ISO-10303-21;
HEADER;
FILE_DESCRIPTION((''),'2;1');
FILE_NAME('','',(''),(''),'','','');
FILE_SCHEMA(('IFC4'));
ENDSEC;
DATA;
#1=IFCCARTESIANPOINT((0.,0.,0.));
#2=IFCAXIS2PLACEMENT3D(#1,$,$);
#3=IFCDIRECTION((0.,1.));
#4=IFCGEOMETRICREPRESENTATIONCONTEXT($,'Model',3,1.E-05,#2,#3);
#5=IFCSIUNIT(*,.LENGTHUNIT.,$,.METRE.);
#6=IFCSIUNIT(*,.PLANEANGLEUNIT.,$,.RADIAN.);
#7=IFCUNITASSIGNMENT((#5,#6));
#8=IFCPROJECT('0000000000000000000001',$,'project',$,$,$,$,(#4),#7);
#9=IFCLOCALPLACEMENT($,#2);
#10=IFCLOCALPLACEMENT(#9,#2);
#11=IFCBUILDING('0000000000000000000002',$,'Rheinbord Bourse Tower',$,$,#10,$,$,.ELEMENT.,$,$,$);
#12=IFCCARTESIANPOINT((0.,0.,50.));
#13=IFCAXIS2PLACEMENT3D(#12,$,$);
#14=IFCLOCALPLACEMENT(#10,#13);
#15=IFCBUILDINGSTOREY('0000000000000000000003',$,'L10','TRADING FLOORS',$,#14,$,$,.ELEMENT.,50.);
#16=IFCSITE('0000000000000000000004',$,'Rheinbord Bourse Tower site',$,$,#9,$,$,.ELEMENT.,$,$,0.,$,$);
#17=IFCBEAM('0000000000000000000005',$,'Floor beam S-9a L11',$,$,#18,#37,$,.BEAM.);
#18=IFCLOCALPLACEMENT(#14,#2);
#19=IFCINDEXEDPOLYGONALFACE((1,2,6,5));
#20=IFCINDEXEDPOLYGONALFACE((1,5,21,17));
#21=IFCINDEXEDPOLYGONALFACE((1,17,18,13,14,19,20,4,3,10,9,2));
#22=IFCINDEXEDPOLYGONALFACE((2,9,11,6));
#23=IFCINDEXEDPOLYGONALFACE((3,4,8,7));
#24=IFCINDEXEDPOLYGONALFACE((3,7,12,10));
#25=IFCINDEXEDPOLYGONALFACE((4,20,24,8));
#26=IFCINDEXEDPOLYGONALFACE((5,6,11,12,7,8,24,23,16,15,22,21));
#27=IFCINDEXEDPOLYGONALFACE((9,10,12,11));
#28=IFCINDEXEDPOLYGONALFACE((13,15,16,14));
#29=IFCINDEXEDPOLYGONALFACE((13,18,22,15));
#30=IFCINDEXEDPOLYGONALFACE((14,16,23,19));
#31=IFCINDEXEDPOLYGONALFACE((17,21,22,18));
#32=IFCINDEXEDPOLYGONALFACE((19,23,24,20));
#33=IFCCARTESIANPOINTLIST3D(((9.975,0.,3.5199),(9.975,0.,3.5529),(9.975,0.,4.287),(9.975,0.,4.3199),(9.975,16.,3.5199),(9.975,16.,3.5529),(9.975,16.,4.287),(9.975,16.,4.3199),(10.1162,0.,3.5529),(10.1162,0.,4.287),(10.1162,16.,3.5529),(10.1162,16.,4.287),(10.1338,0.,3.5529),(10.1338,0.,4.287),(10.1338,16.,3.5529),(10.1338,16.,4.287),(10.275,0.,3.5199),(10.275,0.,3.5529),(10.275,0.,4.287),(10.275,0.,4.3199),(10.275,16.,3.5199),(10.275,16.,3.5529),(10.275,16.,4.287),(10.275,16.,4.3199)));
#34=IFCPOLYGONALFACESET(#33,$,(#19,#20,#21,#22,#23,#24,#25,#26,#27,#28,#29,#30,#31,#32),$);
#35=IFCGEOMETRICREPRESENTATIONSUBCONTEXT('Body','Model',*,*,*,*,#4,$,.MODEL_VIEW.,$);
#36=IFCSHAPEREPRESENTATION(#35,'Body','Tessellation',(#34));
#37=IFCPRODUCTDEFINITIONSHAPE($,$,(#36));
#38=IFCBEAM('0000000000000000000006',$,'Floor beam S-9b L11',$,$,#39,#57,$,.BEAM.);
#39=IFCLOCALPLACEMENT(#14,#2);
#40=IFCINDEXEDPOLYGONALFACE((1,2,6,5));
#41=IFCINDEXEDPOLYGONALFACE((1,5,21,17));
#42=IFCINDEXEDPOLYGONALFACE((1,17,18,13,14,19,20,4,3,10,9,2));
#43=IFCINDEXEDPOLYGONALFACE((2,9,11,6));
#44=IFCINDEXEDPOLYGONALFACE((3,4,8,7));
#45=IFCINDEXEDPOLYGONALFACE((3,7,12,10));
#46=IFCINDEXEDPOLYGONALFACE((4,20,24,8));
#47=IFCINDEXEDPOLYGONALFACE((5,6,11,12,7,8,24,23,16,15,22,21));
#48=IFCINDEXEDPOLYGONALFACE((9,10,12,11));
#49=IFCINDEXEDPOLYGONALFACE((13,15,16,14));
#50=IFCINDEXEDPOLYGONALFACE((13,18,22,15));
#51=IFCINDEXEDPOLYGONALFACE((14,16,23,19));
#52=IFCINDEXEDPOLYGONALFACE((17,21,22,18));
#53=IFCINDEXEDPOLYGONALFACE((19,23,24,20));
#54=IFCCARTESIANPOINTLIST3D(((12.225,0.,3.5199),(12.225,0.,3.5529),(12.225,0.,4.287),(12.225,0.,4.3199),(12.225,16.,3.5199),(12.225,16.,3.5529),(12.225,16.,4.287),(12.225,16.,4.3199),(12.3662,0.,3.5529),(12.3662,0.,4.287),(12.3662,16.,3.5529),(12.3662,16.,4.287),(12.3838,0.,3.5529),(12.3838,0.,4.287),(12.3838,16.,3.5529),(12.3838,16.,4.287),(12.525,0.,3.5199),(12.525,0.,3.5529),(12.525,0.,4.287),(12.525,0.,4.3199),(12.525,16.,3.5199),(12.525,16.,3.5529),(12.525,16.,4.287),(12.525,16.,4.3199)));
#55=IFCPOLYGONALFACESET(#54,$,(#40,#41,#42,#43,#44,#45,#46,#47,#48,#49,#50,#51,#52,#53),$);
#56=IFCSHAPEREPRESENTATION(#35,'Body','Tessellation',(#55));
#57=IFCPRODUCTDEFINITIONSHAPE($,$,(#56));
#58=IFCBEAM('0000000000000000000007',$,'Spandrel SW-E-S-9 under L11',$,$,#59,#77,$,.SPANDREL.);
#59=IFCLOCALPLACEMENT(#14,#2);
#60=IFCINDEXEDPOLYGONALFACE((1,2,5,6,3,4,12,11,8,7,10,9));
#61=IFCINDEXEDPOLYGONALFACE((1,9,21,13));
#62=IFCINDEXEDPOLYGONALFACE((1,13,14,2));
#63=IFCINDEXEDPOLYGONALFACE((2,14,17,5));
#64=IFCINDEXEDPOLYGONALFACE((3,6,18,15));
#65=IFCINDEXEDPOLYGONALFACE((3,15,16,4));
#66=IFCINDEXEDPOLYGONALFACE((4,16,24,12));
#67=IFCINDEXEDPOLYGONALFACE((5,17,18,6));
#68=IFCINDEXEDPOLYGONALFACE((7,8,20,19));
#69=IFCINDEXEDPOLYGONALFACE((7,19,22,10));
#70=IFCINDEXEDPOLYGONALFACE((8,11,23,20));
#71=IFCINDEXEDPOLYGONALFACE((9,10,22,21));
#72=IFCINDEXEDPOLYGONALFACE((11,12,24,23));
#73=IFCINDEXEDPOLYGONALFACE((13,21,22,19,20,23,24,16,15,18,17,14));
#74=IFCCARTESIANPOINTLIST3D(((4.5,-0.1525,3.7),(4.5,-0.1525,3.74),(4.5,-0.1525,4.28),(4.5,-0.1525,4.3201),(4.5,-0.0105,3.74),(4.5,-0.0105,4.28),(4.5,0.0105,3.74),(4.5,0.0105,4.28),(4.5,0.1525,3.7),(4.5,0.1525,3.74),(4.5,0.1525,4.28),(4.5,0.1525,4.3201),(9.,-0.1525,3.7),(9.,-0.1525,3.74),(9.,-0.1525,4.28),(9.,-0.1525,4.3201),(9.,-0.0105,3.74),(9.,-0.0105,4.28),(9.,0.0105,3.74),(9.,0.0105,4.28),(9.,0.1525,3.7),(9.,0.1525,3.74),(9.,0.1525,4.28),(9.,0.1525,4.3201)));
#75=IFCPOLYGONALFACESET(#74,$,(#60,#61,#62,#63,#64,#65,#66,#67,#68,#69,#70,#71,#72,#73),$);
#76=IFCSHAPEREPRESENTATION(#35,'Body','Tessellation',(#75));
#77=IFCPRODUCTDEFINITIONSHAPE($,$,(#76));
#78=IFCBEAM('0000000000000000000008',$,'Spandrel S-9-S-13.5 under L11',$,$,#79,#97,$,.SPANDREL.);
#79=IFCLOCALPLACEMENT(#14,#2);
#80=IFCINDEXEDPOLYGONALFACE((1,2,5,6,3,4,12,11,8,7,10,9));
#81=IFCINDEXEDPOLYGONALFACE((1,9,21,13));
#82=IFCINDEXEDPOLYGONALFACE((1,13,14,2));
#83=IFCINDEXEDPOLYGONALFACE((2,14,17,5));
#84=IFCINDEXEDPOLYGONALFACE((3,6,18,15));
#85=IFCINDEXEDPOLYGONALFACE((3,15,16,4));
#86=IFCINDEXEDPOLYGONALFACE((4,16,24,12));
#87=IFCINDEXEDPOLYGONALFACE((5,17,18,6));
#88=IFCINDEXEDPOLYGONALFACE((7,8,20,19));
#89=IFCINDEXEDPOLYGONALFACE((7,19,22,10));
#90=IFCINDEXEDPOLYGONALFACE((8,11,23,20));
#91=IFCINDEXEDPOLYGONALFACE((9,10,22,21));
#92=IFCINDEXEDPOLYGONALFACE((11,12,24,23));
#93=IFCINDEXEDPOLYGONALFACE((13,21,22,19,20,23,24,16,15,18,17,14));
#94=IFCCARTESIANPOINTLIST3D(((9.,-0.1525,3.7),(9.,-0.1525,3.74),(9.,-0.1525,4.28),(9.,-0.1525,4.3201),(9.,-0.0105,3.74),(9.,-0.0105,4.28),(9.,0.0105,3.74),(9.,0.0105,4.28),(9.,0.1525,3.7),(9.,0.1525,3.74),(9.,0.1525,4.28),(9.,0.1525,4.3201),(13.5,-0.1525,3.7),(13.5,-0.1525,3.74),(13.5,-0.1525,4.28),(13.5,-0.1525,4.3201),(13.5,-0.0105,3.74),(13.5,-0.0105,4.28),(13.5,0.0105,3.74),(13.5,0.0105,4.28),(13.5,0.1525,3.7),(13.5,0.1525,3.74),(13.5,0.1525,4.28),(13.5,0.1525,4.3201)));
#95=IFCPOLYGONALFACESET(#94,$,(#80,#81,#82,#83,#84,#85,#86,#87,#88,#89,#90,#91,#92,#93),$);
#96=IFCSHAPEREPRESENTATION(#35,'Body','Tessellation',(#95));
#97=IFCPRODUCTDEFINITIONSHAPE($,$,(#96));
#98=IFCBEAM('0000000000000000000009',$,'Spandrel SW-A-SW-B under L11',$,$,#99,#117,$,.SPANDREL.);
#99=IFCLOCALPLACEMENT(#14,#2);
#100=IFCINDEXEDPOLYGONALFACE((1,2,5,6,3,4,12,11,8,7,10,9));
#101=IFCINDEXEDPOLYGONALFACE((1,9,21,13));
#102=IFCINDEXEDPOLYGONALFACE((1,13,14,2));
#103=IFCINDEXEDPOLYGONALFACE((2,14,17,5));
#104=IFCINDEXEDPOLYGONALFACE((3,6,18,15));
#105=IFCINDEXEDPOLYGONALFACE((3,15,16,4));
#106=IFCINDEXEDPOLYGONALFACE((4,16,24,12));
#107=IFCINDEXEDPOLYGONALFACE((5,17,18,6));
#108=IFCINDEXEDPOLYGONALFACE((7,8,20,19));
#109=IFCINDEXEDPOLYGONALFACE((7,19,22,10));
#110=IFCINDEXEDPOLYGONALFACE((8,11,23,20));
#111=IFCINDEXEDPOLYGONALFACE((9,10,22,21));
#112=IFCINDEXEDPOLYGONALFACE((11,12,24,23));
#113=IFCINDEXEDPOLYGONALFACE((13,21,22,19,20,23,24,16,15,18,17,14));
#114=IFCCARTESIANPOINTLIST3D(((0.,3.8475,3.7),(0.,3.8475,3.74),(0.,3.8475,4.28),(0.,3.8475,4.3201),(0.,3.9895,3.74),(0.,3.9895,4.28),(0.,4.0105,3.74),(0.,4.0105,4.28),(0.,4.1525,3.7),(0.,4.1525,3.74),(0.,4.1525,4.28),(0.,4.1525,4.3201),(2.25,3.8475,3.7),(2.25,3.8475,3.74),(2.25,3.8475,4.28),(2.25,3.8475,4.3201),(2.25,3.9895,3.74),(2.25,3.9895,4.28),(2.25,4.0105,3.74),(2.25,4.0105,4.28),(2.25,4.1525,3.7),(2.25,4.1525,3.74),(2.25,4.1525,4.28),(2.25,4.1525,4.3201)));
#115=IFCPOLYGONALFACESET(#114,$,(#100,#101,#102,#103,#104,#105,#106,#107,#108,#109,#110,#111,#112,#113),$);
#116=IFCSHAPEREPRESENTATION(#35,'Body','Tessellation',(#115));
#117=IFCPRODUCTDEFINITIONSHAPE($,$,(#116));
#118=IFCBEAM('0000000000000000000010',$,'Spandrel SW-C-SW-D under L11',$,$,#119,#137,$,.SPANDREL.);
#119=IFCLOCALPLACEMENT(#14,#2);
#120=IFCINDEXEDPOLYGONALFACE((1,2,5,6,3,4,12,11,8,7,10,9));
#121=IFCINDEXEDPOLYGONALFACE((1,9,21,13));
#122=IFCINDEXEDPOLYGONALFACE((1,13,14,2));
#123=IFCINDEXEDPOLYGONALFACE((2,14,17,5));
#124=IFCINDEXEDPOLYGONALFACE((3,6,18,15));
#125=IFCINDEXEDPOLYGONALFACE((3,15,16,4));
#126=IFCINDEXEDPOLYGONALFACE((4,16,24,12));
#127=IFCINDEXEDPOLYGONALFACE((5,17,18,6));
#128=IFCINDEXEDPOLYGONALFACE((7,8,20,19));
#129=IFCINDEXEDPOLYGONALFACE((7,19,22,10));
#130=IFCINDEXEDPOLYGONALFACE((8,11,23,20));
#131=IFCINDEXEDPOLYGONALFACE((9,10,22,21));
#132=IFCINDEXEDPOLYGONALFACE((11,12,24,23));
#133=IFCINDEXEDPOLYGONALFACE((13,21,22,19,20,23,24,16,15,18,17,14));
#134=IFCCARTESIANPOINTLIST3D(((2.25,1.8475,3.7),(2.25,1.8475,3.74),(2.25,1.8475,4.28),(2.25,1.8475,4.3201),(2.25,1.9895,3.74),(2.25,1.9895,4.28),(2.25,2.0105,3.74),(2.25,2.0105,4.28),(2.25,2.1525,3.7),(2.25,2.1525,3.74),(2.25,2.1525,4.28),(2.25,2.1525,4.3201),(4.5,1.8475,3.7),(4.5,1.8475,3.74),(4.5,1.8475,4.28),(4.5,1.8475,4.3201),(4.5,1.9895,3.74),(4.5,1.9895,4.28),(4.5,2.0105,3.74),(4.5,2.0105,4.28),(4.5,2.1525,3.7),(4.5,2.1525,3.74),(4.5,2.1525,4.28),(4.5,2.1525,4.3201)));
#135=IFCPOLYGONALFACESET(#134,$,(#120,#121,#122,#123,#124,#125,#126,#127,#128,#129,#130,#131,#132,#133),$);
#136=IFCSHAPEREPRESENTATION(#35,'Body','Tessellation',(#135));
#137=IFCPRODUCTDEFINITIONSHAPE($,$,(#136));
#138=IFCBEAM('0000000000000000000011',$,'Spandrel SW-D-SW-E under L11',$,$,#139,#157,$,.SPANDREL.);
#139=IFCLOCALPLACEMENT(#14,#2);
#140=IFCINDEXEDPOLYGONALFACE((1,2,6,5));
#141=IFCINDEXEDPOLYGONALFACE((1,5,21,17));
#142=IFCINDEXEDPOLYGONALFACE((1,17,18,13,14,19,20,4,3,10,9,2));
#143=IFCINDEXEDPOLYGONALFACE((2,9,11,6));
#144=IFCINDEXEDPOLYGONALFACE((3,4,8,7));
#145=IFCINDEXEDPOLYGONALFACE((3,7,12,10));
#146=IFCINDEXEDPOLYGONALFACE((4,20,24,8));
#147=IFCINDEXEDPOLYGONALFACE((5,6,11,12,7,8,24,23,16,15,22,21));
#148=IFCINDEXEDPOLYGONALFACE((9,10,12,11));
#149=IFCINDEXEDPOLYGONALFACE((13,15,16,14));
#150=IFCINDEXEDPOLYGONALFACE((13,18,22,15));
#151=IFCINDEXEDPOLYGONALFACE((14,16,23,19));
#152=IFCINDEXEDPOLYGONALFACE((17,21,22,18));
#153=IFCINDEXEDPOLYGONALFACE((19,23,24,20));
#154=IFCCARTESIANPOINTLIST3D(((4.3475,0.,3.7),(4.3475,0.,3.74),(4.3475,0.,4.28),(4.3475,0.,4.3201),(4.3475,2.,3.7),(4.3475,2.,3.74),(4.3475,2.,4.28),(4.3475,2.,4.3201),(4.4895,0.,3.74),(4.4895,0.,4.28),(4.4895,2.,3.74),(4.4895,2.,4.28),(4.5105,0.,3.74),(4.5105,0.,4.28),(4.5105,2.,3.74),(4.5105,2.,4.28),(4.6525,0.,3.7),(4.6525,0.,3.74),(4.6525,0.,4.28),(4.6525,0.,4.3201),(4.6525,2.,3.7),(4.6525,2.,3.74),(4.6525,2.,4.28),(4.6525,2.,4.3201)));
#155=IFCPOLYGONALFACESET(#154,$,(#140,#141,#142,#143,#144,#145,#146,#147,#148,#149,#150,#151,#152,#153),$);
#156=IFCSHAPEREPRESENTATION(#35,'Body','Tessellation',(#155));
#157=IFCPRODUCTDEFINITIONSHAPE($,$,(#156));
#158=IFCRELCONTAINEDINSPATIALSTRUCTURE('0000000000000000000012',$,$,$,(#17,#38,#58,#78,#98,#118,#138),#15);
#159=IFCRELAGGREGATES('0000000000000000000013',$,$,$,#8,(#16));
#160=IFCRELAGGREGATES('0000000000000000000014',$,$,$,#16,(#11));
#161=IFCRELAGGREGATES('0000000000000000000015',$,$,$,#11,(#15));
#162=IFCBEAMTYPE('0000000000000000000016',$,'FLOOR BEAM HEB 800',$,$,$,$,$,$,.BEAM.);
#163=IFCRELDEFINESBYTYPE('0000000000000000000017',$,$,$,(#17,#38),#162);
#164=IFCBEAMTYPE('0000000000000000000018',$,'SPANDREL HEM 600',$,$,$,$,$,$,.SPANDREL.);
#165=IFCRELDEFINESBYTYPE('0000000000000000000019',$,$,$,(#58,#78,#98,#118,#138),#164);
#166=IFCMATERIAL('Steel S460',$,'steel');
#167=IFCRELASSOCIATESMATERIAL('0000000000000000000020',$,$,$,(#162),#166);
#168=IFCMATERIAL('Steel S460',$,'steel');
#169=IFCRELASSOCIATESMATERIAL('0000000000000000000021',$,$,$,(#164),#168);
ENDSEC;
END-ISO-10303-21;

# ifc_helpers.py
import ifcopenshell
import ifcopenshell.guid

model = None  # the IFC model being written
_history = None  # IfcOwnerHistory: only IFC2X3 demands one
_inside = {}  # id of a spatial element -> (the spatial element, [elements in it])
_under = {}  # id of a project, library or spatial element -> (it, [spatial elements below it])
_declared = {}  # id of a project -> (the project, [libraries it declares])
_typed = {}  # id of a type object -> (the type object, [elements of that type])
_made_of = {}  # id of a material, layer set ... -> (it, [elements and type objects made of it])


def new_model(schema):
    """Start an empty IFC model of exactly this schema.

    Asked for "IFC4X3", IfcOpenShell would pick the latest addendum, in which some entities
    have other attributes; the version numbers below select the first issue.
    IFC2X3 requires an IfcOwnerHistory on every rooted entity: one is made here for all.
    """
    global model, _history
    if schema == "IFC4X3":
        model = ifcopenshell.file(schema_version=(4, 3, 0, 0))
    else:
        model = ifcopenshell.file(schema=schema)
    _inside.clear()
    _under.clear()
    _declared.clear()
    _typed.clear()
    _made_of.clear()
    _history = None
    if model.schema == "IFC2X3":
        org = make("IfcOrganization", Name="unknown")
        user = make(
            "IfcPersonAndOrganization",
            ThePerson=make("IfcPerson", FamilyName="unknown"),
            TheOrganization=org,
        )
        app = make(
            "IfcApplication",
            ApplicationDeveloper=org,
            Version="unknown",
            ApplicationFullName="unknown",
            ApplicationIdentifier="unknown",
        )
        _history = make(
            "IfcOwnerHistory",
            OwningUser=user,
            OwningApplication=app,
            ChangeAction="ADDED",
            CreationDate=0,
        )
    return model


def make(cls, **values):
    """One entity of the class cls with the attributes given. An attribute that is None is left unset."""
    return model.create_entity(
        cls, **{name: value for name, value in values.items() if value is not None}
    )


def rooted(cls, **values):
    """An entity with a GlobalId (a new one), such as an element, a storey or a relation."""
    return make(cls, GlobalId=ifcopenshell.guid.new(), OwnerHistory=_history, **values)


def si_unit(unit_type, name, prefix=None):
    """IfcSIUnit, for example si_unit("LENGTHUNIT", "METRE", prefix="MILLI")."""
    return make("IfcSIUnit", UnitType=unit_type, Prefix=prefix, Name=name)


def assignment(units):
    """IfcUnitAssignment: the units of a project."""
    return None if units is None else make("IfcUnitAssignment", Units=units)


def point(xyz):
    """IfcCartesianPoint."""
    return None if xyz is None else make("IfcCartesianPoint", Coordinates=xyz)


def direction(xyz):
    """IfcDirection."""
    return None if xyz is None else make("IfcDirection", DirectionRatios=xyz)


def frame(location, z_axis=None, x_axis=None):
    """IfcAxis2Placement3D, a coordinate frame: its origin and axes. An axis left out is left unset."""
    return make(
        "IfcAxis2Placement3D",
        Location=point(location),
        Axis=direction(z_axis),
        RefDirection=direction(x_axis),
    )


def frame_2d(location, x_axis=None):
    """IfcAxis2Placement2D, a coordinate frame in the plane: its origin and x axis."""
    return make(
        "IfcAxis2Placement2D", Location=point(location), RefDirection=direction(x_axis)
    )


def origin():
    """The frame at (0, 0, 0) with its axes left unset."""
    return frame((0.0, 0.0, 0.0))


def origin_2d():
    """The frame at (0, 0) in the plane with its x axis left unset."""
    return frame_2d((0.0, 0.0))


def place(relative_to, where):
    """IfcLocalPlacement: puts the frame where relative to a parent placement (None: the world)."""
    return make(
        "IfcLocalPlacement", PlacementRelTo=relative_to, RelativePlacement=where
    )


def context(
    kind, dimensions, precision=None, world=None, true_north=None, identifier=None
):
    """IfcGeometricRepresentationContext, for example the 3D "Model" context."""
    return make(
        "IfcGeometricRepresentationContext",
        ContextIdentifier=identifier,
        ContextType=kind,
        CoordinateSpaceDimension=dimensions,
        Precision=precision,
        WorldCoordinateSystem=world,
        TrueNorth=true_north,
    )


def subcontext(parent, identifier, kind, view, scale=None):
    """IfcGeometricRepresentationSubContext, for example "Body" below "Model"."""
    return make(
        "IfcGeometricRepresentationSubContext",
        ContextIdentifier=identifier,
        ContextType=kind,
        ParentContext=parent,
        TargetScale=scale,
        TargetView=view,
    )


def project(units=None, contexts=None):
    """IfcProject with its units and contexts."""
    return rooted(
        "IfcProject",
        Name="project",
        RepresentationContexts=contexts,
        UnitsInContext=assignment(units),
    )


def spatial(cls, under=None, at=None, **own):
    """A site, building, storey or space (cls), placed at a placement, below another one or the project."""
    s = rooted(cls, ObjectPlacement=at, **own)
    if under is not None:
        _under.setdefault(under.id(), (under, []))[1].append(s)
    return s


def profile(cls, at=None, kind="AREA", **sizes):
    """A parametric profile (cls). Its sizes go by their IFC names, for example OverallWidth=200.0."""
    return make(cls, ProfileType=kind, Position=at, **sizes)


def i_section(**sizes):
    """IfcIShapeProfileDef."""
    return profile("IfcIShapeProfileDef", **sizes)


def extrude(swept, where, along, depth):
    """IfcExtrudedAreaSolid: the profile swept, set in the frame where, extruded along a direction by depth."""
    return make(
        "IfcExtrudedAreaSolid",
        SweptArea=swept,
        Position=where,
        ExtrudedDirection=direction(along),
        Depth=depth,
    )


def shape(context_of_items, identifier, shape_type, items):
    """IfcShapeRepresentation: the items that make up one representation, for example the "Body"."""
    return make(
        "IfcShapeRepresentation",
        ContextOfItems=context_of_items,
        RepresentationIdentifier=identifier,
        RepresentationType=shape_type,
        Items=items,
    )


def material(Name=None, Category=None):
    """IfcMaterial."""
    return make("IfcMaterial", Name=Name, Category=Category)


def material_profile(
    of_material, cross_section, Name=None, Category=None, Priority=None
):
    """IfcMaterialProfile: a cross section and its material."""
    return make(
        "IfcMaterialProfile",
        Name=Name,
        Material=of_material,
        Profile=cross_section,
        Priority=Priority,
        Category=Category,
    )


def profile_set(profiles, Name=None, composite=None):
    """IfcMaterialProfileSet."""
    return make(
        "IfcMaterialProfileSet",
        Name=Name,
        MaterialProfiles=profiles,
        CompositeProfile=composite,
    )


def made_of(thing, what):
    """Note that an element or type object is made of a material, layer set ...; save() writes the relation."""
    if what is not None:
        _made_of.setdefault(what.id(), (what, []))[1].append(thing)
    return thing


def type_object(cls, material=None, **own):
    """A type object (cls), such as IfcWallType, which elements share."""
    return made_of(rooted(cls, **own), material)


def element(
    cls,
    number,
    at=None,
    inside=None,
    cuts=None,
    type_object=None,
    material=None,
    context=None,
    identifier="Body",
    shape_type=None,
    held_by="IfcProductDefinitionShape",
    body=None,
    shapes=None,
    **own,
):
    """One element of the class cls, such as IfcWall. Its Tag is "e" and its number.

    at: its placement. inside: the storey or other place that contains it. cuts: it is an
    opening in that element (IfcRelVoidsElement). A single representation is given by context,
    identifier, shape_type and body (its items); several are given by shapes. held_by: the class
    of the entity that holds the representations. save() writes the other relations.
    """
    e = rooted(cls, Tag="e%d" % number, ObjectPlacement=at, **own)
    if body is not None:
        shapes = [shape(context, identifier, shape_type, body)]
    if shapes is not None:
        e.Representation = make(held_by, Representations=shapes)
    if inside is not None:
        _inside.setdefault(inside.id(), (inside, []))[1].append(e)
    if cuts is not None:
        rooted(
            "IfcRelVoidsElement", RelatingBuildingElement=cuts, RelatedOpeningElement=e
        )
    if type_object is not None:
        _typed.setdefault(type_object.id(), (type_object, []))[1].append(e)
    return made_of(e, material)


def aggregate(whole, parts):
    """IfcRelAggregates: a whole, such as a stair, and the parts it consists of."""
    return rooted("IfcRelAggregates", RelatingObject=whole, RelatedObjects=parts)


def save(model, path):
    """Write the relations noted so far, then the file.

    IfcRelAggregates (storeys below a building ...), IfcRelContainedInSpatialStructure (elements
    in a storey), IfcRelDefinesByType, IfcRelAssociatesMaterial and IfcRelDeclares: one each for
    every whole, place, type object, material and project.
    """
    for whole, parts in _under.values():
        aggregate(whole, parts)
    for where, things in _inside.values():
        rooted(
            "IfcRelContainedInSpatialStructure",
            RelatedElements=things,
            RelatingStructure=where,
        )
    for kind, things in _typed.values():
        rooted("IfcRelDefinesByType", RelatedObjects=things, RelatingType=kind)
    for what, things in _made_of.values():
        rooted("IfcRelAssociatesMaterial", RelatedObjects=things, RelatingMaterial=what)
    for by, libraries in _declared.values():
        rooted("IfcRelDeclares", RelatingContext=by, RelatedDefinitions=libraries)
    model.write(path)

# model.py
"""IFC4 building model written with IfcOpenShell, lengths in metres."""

from ifc_helpers import new_model, si_unit, direction, frame, origin, origin_2d, place, context, subcontext, project, spatial, i_section, extrude, material, material_profile, profile_set, type_object, element, save


model = new_model("IFC4")

# Units and contexts
model_context = context("Model", 3, precision=1e-05, world=origin(), true_north=direction((0.0, 1.0)))
body_context = subcontext(model_context, "Body", "Model", "MODEL_VIEW")
ifc_project = project(units=[si_unit("LENGTHUNIT", "METRE"), si_unit("PLANEANGLEUNIT", "RADIAN")], contexts=[model_context])

# Site, building, storey
site_placement = place(None, origin())
site = spatial("IfcSite", under=ifc_project, at=site_placement, Name="Rheinbord Bourse Tower site", CompositionType="ELEMENT", RefElevation=0.0)
building_placement = place(site_placement, origin())
building = spatial("IfcBuilding", under=site, at=building_placement, Name="Rheinbord Bourse Tower", CompositionType="ELEMENT")
storey_placement = place(building_placement, frame((0.0, 0.0, 50.0)))
storey = spatial("IfcBuildingStorey", under=building, at=storey_placement, Name="L10", Description="TRADING FLOORS", CompositionType="ELEMENT", Elevation=50.0)

# Beams
ifc_material_1 = material(Name="Steel S460", Category="steel")
ifc_material_profile_1 = material_profile(ifc_material_1, i_section(OverallWidth=0.3, OverallDepth=0.8, WebThickness=0.0176, FlangeThickness=0.033, at=origin_2d()), Name="HEB 800")
ifc_profile_set_1 = profile_set([ifc_material_profile_1], Name="Steel S460")
beam_type_1 = type_object("IfcBeamType", Name="FLOOR BEAM HEB 800", PredefinedType="BEAM", material=ifc_profile_set_1)
for number, where, z_axis, x_axis, name in (
    (1, (10.125, 0.0, 3.9199), (0.0, 1.0, 0.0), (-1.0, 0.0, 0.0), "Floor beam S-9a L11"),
    (2, (12.375, 0.0, 3.9199), (0.0, 1.0, 0.0), (-1.0, 0.0, 0.0), "Floor beam S-9b L11"),
):
    element("IfcBeam", number, at=place(storey_placement, frame(where, z_axis=z_axis, x_axis=x_axis)), inside=storey, type_object=beam_type_1, Name=name, PredefinedType="BEAM", context=body_context, shape_type="SweptSolid", body=[
        extrude(i_section(OverallWidth=0.3, OverallDepth=0.8, WebThickness=0.0176, FlangeThickness=0.033, at=origin_2d()), origin(), (0.0, 0.0, 1.0), 16.0),
    ])
ifc_material_2 = material(Name="Steel S460", Category="steel")
ifc_material_profile_2 = material_profile(ifc_material_2, i_section(OverallWidth=0.3049, OverallDepth=0.6201, WebThickness=0.021, FlangeThickness=0.04, at=origin_2d()), Name="HEM 600")
ifc_profile_set_2 = profile_set([ifc_material_profile_2], Name="Steel S460")
beam_type_2 = type_object("IfcBeamType", Name="SPANDREL HEM 600", PredefinedType="SPANDREL", material=ifc_profile_set_2)
for number, where, z_axis, x_axis, name in (
    (3, (4.5, 0.0, 4.01), (1.0, 0.0, 0.0), (0.0, 1.0, 0.0), "Spandrel SW-E-S-9 under L11"),
    (4, (9.0, 0.0, 4.01), (1.0, 0.0, 0.0), (0.0, 1.0, 0.0), "Spandrel S-9-S-13.5 under L11"),
):
    element("IfcBeam", number, at=place(storey_placement, frame(where, z_axis=z_axis, x_axis=x_axis)), inside=storey, type_object=beam_type_2, Name=name, PredefinedType="SPANDREL", context=body_context, shape_type="SweptSolid", body=[
        extrude(i_section(OverallWidth=0.3049, OverallDepth=0.6201, WebThickness=0.021, FlangeThickness=0.04, at=origin_2d()), origin(), (0.0, 0.0, 1.0), 4.5),
    ])
for number, where, z_axis, x_axis, name in (
    (5, (0.0, 4.0, 4.01), (1.0, 0.0, 0.0), (0.0, 1.0, 0.0), "Spandrel SW-A-SW-B under L11"),
    (6, (2.25, 2.0, 4.01), (1.0, 0.0, 0.0), (0.0, 1.0, 0.0), "Spandrel SW-C-SW-D under L11"),
):
    element("IfcBeam", number, at=place(storey_placement, frame(where, z_axis=z_axis, x_axis=x_axis)), inside=storey, type_object=beam_type_2, Name=name, PredefinedType="SPANDREL", context=body_context, shape_type="SweptSolid", body=[
        extrude(i_section(OverallWidth=0.3049, OverallDepth=0.6201, WebThickness=0.021, FlangeThickness=0.04, at=origin_2d()), origin(), (0.0, 0.0, 1.0), 2.25),
    ])
beam_placement = place(storey_placement, frame((4.5, 2.0, 4.01), z_axis=(0.0, -1.0, 0.0), x_axis=(1.0, 0.0, 0.0)))
element("IfcBeam", 7, at=beam_placement, inside=storey, type_object=beam_type_2, Name="Spandrel SW-D-SW-E under L11", PredefinedType="SPANDREL", context=body_context, shape_type="SweptSolid", body=[
    extrude(i_section(OverallWidth=0.3049, OverallDepth=0.6201, WebThickness=0.021, FlangeThickness=0.04, at=origin_2d()), origin(), (0.0, 0.0, 1.0), 2.0),
])

save(model, "model.ifc")
